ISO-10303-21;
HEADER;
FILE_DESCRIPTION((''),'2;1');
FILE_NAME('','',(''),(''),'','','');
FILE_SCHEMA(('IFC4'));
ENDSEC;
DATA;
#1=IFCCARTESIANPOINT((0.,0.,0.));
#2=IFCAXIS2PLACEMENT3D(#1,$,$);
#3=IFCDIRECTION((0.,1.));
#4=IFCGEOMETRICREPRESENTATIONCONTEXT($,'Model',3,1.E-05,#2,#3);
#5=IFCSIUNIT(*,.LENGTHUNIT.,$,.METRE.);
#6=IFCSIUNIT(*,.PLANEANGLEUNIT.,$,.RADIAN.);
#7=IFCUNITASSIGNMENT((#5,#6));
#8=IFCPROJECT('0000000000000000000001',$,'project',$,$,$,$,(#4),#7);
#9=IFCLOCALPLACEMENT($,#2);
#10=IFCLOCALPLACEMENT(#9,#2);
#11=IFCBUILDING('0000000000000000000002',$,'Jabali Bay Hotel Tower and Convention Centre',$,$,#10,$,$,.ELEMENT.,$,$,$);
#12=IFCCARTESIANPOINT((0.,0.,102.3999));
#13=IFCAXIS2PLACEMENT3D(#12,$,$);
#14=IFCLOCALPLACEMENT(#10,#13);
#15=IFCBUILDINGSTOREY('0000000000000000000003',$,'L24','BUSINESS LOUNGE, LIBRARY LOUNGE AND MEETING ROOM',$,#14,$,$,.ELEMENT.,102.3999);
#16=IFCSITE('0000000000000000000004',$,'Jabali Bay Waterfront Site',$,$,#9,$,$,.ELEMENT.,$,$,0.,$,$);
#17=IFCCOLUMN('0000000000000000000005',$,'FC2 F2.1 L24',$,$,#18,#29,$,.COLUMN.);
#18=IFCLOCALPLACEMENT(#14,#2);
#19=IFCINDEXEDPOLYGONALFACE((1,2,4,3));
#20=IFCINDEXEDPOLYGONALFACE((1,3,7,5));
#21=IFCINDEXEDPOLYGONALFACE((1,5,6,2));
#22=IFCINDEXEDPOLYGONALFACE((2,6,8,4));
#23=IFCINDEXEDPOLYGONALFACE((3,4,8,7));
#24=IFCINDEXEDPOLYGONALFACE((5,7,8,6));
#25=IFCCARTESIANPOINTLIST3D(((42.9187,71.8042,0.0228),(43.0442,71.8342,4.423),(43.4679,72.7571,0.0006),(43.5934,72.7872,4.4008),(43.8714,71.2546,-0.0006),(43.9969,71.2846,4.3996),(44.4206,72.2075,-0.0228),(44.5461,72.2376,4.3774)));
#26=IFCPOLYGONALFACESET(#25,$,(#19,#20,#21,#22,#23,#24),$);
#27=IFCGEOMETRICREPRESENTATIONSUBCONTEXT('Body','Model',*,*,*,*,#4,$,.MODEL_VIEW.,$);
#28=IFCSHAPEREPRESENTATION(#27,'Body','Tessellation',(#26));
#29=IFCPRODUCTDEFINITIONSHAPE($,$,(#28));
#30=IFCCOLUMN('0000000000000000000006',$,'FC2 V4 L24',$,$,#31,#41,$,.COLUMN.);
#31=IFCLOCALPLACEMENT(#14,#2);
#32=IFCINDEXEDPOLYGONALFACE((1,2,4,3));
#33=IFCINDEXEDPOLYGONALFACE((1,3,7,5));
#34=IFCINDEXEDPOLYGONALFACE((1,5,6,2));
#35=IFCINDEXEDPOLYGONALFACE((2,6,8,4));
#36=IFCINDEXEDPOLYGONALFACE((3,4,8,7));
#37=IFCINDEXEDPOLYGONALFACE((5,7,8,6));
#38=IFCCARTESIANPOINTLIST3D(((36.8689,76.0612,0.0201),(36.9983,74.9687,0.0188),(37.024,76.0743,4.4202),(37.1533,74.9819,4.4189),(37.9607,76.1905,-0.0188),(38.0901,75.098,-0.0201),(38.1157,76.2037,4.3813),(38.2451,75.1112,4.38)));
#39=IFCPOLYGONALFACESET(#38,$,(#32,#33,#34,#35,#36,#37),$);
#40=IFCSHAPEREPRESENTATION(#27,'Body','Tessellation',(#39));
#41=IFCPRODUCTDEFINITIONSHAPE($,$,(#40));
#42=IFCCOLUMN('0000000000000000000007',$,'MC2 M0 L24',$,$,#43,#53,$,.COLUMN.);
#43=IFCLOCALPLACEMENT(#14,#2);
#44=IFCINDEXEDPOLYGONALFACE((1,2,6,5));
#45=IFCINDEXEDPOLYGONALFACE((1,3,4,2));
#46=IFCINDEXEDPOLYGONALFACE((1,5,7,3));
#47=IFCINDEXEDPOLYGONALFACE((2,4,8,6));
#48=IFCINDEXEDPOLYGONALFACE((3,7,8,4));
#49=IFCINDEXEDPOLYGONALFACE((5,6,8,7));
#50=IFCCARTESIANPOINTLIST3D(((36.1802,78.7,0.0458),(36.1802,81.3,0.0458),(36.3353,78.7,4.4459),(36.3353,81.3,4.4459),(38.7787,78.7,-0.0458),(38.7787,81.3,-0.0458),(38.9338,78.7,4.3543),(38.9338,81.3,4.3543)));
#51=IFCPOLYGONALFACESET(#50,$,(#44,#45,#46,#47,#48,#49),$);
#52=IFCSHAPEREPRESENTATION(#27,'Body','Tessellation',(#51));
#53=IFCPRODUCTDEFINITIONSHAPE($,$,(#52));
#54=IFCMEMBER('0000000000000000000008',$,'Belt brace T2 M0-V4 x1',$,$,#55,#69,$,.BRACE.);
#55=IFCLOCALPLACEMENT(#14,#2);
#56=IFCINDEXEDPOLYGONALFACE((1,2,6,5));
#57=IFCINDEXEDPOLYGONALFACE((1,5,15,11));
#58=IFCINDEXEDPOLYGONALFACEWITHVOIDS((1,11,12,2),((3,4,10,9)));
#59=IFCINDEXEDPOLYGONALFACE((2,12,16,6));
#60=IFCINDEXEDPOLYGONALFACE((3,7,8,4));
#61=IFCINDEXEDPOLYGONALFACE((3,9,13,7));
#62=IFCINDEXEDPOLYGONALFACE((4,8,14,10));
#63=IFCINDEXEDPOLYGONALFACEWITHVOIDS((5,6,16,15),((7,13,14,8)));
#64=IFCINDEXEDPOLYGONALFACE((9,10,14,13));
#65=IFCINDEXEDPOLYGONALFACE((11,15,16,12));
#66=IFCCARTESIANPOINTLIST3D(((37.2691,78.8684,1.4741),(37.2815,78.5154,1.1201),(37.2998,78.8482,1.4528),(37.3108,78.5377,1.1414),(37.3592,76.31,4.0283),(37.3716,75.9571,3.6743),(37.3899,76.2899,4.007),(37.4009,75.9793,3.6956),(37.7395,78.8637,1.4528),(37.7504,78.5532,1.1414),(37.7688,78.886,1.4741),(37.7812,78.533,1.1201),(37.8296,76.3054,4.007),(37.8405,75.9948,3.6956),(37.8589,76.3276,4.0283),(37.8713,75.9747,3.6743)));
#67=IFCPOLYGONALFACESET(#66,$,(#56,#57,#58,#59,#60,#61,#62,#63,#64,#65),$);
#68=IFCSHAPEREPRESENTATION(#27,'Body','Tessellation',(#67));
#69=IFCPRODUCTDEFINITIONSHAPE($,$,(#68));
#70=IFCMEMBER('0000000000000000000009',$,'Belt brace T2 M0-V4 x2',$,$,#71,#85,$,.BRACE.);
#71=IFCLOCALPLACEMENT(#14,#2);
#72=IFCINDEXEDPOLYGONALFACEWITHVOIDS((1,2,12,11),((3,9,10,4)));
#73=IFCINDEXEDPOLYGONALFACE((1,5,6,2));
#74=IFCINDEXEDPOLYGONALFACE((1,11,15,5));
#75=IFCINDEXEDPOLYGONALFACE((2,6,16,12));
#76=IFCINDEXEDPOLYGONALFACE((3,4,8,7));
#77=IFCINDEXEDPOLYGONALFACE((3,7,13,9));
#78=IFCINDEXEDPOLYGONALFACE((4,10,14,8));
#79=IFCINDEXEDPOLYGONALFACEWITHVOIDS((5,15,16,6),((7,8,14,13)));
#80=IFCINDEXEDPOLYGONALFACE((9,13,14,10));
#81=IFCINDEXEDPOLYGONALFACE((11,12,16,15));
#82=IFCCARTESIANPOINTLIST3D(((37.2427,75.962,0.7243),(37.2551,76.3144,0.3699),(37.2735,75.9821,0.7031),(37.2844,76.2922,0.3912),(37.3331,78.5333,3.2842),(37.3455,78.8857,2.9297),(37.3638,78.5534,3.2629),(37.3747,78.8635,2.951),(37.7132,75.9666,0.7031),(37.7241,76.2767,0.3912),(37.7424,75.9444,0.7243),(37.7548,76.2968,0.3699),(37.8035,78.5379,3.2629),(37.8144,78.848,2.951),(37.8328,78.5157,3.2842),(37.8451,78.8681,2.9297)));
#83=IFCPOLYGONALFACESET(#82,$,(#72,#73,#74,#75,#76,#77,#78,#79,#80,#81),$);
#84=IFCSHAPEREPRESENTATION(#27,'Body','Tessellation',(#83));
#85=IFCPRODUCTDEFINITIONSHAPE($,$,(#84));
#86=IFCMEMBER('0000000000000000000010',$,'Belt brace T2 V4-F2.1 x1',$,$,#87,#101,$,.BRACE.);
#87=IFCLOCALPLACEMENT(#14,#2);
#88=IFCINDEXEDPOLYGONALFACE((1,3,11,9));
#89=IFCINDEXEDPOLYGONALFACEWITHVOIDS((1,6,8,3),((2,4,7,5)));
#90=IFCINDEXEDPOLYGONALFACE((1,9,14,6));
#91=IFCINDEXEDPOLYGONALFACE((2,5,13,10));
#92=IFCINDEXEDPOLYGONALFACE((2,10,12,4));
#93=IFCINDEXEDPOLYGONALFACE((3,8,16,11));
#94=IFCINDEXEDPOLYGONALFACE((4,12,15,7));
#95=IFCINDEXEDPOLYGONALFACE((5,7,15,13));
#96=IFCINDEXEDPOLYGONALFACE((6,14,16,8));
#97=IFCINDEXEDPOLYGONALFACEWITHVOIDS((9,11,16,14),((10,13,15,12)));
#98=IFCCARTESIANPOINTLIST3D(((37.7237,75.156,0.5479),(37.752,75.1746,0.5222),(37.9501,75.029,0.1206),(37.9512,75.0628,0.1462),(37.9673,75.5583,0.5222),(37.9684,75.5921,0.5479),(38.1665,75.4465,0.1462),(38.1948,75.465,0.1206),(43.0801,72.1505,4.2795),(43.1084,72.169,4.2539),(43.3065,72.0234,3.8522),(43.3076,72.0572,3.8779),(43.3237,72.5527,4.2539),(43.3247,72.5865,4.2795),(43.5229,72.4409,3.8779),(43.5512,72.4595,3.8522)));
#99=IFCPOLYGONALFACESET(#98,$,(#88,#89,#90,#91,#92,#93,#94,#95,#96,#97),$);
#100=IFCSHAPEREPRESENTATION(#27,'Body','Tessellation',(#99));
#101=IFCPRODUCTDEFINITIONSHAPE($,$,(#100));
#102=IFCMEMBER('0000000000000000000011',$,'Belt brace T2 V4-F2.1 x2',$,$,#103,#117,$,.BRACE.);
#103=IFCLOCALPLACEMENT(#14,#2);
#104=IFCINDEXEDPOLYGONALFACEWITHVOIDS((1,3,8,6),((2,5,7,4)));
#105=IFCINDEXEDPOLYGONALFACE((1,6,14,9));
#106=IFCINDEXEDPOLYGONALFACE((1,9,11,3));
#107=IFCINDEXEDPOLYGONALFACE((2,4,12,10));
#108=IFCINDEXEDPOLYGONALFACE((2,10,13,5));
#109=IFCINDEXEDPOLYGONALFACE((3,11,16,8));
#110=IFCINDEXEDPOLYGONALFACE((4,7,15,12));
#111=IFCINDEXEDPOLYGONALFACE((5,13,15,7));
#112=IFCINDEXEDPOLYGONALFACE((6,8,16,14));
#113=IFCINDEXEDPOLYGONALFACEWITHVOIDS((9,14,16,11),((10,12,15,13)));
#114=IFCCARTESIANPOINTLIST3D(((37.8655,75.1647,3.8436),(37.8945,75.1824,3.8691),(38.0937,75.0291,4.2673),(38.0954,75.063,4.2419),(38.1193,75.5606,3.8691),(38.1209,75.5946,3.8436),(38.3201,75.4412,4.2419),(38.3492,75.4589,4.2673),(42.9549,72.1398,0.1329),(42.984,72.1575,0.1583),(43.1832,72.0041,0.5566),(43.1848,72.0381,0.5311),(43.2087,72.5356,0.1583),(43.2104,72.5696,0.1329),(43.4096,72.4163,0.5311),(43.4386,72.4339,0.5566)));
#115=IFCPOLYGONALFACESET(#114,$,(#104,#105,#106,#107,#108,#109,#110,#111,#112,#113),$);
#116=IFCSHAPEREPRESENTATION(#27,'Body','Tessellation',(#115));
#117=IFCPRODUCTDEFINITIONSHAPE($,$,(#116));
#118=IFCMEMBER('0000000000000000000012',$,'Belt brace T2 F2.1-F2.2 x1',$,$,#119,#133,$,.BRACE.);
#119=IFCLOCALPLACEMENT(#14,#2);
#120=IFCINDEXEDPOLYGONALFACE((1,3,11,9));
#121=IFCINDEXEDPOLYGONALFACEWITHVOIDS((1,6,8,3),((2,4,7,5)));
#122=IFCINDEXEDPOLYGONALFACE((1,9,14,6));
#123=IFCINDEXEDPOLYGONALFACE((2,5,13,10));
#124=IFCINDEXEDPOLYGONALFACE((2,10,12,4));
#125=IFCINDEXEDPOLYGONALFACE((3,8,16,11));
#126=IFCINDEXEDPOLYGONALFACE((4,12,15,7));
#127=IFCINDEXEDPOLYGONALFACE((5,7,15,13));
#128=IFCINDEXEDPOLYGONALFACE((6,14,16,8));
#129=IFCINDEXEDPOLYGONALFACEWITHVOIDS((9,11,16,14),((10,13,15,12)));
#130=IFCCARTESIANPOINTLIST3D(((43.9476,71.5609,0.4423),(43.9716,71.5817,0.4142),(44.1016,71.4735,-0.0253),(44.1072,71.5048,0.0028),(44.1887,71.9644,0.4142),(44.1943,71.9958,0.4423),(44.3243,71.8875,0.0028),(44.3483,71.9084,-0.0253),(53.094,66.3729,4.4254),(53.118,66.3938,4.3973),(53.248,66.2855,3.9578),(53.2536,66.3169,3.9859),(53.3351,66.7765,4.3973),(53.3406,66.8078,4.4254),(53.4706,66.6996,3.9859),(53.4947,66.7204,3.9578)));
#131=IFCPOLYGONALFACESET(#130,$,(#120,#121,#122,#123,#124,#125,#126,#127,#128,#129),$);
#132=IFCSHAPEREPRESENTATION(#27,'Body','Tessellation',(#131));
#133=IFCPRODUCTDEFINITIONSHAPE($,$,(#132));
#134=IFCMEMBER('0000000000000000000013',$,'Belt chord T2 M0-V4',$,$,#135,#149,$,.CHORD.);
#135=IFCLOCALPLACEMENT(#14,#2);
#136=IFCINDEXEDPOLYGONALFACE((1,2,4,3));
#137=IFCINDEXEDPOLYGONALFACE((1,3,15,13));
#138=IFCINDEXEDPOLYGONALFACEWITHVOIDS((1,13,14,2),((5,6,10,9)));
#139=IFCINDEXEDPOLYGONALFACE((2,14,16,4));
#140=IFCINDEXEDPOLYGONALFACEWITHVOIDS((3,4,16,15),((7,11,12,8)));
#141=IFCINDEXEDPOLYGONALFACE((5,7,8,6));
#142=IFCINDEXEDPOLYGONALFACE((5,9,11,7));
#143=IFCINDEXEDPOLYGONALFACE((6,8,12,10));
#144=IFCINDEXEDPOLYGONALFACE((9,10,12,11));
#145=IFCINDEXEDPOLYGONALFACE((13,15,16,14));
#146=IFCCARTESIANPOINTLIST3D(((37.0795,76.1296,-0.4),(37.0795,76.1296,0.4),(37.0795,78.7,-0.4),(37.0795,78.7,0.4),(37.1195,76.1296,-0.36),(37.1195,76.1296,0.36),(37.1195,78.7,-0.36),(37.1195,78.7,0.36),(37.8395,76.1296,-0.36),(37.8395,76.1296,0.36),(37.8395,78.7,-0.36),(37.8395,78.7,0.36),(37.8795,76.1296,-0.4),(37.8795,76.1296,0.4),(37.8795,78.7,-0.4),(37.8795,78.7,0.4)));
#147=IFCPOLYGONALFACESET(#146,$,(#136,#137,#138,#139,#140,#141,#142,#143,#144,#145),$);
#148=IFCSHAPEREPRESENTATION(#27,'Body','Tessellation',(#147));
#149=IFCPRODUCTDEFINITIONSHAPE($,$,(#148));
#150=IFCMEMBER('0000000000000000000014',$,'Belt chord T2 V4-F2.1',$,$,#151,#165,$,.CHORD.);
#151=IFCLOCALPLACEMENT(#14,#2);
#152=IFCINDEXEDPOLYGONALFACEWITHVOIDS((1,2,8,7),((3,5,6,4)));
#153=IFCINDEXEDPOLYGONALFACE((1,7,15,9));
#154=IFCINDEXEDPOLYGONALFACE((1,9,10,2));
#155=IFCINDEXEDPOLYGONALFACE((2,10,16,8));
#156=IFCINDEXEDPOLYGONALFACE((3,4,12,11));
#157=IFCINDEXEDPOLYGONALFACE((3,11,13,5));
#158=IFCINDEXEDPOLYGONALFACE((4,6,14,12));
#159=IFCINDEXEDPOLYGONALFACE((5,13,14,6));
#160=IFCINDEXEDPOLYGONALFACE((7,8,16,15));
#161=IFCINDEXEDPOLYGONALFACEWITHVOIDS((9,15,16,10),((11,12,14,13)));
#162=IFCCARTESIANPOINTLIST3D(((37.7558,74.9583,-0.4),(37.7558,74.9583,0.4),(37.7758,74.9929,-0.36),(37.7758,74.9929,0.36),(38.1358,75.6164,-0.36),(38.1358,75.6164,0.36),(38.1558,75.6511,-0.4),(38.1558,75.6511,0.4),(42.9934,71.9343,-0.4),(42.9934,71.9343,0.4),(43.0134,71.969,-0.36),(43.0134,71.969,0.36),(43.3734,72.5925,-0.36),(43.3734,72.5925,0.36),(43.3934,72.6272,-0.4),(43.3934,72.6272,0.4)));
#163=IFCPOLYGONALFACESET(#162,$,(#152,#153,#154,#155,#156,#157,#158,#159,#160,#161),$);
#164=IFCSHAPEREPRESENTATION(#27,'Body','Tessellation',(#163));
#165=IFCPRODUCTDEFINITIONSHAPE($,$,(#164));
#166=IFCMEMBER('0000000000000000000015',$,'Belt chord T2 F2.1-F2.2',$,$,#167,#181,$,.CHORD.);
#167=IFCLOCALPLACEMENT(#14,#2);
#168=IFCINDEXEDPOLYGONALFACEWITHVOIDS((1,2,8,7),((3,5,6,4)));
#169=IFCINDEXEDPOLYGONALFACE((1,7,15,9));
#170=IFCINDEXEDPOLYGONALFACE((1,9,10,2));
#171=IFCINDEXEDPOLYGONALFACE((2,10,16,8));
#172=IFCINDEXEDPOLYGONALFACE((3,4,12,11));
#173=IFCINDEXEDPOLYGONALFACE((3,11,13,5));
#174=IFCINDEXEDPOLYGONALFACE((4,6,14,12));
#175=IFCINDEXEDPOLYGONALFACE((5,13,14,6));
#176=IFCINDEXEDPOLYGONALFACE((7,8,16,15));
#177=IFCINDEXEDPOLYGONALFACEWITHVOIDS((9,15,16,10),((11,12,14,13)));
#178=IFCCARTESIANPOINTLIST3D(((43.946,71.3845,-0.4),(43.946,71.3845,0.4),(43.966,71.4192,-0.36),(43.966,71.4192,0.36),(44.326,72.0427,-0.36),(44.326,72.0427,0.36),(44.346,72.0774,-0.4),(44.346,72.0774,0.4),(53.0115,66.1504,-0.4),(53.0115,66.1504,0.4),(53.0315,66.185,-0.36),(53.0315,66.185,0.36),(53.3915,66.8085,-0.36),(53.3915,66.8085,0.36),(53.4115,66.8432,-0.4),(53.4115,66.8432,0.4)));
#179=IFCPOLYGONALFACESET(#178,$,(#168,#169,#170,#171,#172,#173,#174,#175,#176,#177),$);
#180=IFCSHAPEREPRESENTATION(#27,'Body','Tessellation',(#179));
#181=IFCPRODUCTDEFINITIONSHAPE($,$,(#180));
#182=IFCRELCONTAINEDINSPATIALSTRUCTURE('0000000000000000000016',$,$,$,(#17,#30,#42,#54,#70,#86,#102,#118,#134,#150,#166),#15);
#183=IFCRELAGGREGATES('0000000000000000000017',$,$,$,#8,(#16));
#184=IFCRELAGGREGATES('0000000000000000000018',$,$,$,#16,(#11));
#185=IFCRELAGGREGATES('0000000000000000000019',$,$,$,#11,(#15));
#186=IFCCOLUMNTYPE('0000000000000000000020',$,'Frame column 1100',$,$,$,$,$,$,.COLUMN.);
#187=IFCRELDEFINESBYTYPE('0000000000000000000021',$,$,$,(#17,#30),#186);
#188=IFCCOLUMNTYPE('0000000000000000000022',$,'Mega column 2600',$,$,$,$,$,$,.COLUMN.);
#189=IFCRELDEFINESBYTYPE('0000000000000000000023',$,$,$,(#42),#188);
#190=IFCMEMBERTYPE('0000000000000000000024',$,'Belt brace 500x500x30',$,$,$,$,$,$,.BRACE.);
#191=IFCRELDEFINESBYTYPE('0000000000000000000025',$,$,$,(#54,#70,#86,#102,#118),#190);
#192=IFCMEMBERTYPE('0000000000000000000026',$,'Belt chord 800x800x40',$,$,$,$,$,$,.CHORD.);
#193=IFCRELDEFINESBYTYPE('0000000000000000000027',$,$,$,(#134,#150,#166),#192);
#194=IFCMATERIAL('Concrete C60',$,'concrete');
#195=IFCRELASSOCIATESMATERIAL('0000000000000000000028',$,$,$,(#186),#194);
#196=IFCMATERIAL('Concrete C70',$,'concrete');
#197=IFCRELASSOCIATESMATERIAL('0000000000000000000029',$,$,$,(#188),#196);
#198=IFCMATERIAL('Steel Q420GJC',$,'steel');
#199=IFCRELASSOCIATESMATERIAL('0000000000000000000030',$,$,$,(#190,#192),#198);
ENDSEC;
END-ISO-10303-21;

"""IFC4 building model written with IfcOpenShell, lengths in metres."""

from ifc_helpers import new_model, si_unit, direction, frame, origin, origin_2d, place, context, subcontext, project, spatial, rectangle, hollow_rectangle, extrude, material, material_profile, profile_set, type_object, element, save


model = new_model("IFC4")

# Units and contexts
model_context = context("Model", 3, precision=1e-05, world=origin(), true_north=direction((0.0, 1.0)))
body_context = subcontext(model_context, "Body", "Model", "MODEL_VIEW")
ifc_project = project(units=[si_unit("LENGTHUNIT", "METRE"), si_unit("PLANEANGLEUNIT", "RADIAN")], contexts=[model_context])

# Site, building, storey
site_placement = place(None, origin())
site = spatial("IfcSite", under=ifc_project, at=site_placement, Name="Jabali Bay Waterfront Site", CompositionType="ELEMENT", RefElevation=0.0)
building_placement = place(site_placement, origin())
building = spatial("IfcBuilding", under=site, at=building_placement, Name="Jabali Bay Hotel Tower and Convention Centre", CompositionType="ELEMENT")
storey_placement = place(building_placement, frame((0.0, 0.0, 102.3999)))
storey = spatial("IfcBuildingStorey", under=building, at=storey_placement, Name="L24", Description="BUSINESS LOUNGE, LIBRARY LOUNGE AND MEETING ROOM", CompositionType="ELEMENT", Elevation=102.3999)

# Columns
ifc_material_1 = material(Name="Concrete C60", Category="concrete")
ifc_material_profile_1 = material_profile(ifc_material_1, rectangle(XDim=1.1001, YDim=1.1001, at=origin_2d()), Name="Frame column 1100")
ifc_profile_set_1 = profile_set([ifc_material_profile_1], Name="Concrete C60")
column_type_1 = type_object("IfcColumnType", Name="Frame column 1100", PredefinedType="COLUMN", material=ifc_profile_set_1)
column_1_placement = place(storey_placement, frame((43.6697, 72.0059, 0.0), z_axis=(0.028507, 0.006822, 0.99957), x_axis=(-0.865993, 0.499603, 0.021288)))
element("IfcColumn", 1, at=column_1_placement, inside=storey, type_object=column_type_1, Name="FC2 F2.1 L24", PredefinedType="COLUMN", context=body_context, shape_type="SweptSolid", body=[
    extrude(rectangle(XDim=1.1001, YDim=1.1001, at=origin_2d()), origin(), (0.0, 0.0, 1.0), 4.4021),
])
column_2_placement = place(storey_placement, frame((37.4795, 75.5796, 0.0), z_axis=(0.035211, 0.002994, 0.999375), x_axis=(-0.117585, 0.993062, 0.001167)))
element("IfcColumn", 2, at=column_2_placement, inside=storey, type_object=column_type_1, Name="FC2 V4 L24", PredefinedType="COLUMN", context=body_context, shape_type="SweptSolid", body=[
    extrude(rectangle(XDim=1.1001, YDim=1.1001, at=origin_2d()), origin(), (0.0, 0.0, 1.0), 4.4028),
])
ifc_material_2 = material(Name="Concrete C70", Category="concrete")
ifc_material_profile_2 = material_profile(ifc_material_2, rectangle(XDim=2.6001, YDim=2.6001, at=origin_2d()), Name="Mega column 2600")
ifc_profile_set_2 = profile_set([ifc_material_profile_2], Name="Concrete C70")
column_type_2 = type_object("IfcColumnType", Name="Mega column 2600", PredefinedType="COLUMN", material=ifc_profile_set_2)
column_3_placement = place(storey_placement, frame((37.4795, 80.0, 0.0), z_axis=(0.035211, 0.0, 0.99938), x_axis=(0.0, 1.0, 0.0)))
element("IfcColumn", 3, at=column_3_placement, inside=storey, type_object=column_type_2, Name="MC2 M0 L24", PredefinedType="COLUMN", context=body_context, shape_type="SweptSolid", body=[
    extrude(rectangle(XDim=2.6001, YDim=2.6001, at=origin_2d()), origin(), (0.0, 0.0, 1.0), 4.4028),
])

# Members
ifc_material_3 = material(Name="Steel Q420GJC", Category="steel")
ifc_material_profile_3 = material_profile(ifc_material_3, hollow_rectangle(XDim=0.5, YDim=0.5, WallThickness=0.03, at=origin_2d()), Name="Belt brace 500x500x30")
ifc_profile_set_3 = profile_set([ifc_material_profile_3], Name="Steel Q420GJC")
member_type_1 = type_object("IfcMemberType", Name="Belt brace 500x500x30", PredefinedType="BRACE", material=ifc_profile_set_3)
member_1_placement = place(storey_placement, frame((37.5251, 78.7007, 1.2971), z_axis=(0.024912, -0.707461, 0.706313), x_axis=(0.999381, 0.035191, 0.0)))
element("IfcMember", 4, at=member_1_placement, inside=storey, type_object=member_type_1, Name="Belt brace T2 M0-V4 x1", PredefinedType="BRACE", context=body_context, shape_type="SweptSolid", body=[
    extrude(hollow_rectangle(XDim=0.5, YDim=0.5, WallThickness=0.03, at=origin_2d()), origin(), (0.0, 0.0, 1.0), 3.6162),
])
member_2_placement = place(storey_placement, frame((37.4988, 76.1294, 0.5471), z_axis=(0.024889, 0.708467, 0.705305), x_axis=(-0.999383, 0.035109, 0.0)))
element("IfcMember", 5, at=member_2_placement, inside=storey, type_object=member_type_1, Name="Belt brace T2 M0-V4 x2", PredefinedType="BRACE", context=body_context, shape_type="SweptSolid", body=[
    extrude(hollow_rectangle(XDim=0.5, YDim=0.5, WallThickness=0.03, at=origin_2d()), origin(), (0.0, 0.0, 1.0), 3.6294),
])
member_3_placement = place(storey_placement, frame((37.9592, 75.3105, 0.3342), z_axis=(0.745313, -0.418211, 0.519239), x_axis=(0.489348, 0.872089, 0.0)))
element("IfcMember", 6, at=member_3_placement, inside=storey, type_object=member_type_1, Name="Belt brace T2 V4-F2.1 x1", PredefinedType="BRACE", context=body_context, shape_type="SweptSolid", body=[
    extrude(hollow_rectangle(XDim=0.5, YDim=0.5, WallThickness=0.03, at=origin_2d()), origin(), (0.0, 0.0, 1.0), 7.1868),
])
member_4_placement = place(storey_placement, frame((43.1968, 72.2869, 0.3447), z_axis=(-0.728384, 0.432921, 0.531071), x_axis=(-0.510926, -0.859625, 0.0)))
element("IfcMember", 7, at=member_4_placement, inside=storey, type_object=member_type_1, Name="Belt brace T2 V4-F2.1 x2", PredefinedType="BRACE", context=body_context, shape_type="SweptSolid", body=[
    extrude(hollow_rectangle(XDim=0.5, YDim=0.5, WallThickness=0.03, at=origin_2d()), origin(), (0.0, 0.0, 1.0), 6.9873),
])
member_5_placement = place(storey_placement, frame((44.1479, 71.7346, 0.2085), z_axis=(0.813418, -0.46138, 0.354231), x_axis=(0.493371, 0.869819, 0.0)))
element("IfcMember", 8, at=member_5_placement, inside=storey, type_object=member_type_1, Name="Belt brace T2 F2.1-F2.2 x1", PredefinedType="BRACE", context=body_context, shape_type="SweptSolid", body=[
    extrude(hollow_rectangle(XDim=0.5, YDim=0.5, WallThickness=0.03, at=origin_2d()), origin(), (0.0, 0.0, 1.0), 11.2444),
])
ifc_material_profile_4 = material_profile(ifc_material_3, hollow_rectangle(XDim=0.8, YDim=0.8, WallThickness=0.04, at=origin_2d()), Name="Belt chord 800x800x40")
ifc_profile_set_4 = profile_set([ifc_material_profile_4], Name="Steel Q420GJC")
member_type_2 = type_object("IfcMemberType", Name="Belt chord 800x800x40", PredefinedType="CHORD", material=ifc_profile_set_4)
member_6_placement = place(storey_placement, frame((37.4795, 78.7, 0.0), z_axis=(0.0, -1.0, 0.0), x_axis=(1.0, 0.0, 0.0)))
element("IfcMember", 9, at=member_6_placement, inside=storey, type_object=member_type_2, Name="Belt chord T2 M0-V4", PredefinedType="CHORD", context=body_context, shape_type="SweptSolid", body=[
    extrude(hollow_rectangle(XDim=0.8, YDim=0.8, WallThickness=0.04, at=origin_2d()), origin(), (0.0, 0.0, 1.0), 2.5703),
])
member_7_placement = place(storey_placement, frame((37.9558, 75.3047, 0.0), z_axis=(0.866024, -0.500003, 0.0), x_axis=(0.500003, 0.866024, 0.0)))
element("IfcMember", 10, at=member_7_placement, inside=storey, type_object=member_type_2, Name="Belt chord T2 V4-F2.1", PredefinedType="CHORD", context=body_context, shape_type="SweptSolid", body=[
    extrude(hollow_rectangle(XDim=0.8, YDim=0.8, WallThickness=0.04, at=origin_2d()), origin(), (0.0, 0.0, 1.0), 6.0479),
])
member_8_placement = place(storey_placement, frame((44.146, 71.731, 0.0), z_axis=(0.866017, -0.500015, 0.0), x_axis=(0.500015, 0.866017, 0.0)))
element("IfcMember", 11, at=member_8_placement, inside=storey, type_object=member_type_2, Name="Belt chord T2 F2.1-F2.2", PredefinedType="CHORD", context=body_context, shape_type="SweptSolid", body=[
    extrude(hollow_rectangle(XDim=0.8, YDim=0.8, WallThickness=0.04, at=origin_2d()), origin(), (0.0, 0.0, 1.0), 10.468),
])

save(model, "model.ifc")
